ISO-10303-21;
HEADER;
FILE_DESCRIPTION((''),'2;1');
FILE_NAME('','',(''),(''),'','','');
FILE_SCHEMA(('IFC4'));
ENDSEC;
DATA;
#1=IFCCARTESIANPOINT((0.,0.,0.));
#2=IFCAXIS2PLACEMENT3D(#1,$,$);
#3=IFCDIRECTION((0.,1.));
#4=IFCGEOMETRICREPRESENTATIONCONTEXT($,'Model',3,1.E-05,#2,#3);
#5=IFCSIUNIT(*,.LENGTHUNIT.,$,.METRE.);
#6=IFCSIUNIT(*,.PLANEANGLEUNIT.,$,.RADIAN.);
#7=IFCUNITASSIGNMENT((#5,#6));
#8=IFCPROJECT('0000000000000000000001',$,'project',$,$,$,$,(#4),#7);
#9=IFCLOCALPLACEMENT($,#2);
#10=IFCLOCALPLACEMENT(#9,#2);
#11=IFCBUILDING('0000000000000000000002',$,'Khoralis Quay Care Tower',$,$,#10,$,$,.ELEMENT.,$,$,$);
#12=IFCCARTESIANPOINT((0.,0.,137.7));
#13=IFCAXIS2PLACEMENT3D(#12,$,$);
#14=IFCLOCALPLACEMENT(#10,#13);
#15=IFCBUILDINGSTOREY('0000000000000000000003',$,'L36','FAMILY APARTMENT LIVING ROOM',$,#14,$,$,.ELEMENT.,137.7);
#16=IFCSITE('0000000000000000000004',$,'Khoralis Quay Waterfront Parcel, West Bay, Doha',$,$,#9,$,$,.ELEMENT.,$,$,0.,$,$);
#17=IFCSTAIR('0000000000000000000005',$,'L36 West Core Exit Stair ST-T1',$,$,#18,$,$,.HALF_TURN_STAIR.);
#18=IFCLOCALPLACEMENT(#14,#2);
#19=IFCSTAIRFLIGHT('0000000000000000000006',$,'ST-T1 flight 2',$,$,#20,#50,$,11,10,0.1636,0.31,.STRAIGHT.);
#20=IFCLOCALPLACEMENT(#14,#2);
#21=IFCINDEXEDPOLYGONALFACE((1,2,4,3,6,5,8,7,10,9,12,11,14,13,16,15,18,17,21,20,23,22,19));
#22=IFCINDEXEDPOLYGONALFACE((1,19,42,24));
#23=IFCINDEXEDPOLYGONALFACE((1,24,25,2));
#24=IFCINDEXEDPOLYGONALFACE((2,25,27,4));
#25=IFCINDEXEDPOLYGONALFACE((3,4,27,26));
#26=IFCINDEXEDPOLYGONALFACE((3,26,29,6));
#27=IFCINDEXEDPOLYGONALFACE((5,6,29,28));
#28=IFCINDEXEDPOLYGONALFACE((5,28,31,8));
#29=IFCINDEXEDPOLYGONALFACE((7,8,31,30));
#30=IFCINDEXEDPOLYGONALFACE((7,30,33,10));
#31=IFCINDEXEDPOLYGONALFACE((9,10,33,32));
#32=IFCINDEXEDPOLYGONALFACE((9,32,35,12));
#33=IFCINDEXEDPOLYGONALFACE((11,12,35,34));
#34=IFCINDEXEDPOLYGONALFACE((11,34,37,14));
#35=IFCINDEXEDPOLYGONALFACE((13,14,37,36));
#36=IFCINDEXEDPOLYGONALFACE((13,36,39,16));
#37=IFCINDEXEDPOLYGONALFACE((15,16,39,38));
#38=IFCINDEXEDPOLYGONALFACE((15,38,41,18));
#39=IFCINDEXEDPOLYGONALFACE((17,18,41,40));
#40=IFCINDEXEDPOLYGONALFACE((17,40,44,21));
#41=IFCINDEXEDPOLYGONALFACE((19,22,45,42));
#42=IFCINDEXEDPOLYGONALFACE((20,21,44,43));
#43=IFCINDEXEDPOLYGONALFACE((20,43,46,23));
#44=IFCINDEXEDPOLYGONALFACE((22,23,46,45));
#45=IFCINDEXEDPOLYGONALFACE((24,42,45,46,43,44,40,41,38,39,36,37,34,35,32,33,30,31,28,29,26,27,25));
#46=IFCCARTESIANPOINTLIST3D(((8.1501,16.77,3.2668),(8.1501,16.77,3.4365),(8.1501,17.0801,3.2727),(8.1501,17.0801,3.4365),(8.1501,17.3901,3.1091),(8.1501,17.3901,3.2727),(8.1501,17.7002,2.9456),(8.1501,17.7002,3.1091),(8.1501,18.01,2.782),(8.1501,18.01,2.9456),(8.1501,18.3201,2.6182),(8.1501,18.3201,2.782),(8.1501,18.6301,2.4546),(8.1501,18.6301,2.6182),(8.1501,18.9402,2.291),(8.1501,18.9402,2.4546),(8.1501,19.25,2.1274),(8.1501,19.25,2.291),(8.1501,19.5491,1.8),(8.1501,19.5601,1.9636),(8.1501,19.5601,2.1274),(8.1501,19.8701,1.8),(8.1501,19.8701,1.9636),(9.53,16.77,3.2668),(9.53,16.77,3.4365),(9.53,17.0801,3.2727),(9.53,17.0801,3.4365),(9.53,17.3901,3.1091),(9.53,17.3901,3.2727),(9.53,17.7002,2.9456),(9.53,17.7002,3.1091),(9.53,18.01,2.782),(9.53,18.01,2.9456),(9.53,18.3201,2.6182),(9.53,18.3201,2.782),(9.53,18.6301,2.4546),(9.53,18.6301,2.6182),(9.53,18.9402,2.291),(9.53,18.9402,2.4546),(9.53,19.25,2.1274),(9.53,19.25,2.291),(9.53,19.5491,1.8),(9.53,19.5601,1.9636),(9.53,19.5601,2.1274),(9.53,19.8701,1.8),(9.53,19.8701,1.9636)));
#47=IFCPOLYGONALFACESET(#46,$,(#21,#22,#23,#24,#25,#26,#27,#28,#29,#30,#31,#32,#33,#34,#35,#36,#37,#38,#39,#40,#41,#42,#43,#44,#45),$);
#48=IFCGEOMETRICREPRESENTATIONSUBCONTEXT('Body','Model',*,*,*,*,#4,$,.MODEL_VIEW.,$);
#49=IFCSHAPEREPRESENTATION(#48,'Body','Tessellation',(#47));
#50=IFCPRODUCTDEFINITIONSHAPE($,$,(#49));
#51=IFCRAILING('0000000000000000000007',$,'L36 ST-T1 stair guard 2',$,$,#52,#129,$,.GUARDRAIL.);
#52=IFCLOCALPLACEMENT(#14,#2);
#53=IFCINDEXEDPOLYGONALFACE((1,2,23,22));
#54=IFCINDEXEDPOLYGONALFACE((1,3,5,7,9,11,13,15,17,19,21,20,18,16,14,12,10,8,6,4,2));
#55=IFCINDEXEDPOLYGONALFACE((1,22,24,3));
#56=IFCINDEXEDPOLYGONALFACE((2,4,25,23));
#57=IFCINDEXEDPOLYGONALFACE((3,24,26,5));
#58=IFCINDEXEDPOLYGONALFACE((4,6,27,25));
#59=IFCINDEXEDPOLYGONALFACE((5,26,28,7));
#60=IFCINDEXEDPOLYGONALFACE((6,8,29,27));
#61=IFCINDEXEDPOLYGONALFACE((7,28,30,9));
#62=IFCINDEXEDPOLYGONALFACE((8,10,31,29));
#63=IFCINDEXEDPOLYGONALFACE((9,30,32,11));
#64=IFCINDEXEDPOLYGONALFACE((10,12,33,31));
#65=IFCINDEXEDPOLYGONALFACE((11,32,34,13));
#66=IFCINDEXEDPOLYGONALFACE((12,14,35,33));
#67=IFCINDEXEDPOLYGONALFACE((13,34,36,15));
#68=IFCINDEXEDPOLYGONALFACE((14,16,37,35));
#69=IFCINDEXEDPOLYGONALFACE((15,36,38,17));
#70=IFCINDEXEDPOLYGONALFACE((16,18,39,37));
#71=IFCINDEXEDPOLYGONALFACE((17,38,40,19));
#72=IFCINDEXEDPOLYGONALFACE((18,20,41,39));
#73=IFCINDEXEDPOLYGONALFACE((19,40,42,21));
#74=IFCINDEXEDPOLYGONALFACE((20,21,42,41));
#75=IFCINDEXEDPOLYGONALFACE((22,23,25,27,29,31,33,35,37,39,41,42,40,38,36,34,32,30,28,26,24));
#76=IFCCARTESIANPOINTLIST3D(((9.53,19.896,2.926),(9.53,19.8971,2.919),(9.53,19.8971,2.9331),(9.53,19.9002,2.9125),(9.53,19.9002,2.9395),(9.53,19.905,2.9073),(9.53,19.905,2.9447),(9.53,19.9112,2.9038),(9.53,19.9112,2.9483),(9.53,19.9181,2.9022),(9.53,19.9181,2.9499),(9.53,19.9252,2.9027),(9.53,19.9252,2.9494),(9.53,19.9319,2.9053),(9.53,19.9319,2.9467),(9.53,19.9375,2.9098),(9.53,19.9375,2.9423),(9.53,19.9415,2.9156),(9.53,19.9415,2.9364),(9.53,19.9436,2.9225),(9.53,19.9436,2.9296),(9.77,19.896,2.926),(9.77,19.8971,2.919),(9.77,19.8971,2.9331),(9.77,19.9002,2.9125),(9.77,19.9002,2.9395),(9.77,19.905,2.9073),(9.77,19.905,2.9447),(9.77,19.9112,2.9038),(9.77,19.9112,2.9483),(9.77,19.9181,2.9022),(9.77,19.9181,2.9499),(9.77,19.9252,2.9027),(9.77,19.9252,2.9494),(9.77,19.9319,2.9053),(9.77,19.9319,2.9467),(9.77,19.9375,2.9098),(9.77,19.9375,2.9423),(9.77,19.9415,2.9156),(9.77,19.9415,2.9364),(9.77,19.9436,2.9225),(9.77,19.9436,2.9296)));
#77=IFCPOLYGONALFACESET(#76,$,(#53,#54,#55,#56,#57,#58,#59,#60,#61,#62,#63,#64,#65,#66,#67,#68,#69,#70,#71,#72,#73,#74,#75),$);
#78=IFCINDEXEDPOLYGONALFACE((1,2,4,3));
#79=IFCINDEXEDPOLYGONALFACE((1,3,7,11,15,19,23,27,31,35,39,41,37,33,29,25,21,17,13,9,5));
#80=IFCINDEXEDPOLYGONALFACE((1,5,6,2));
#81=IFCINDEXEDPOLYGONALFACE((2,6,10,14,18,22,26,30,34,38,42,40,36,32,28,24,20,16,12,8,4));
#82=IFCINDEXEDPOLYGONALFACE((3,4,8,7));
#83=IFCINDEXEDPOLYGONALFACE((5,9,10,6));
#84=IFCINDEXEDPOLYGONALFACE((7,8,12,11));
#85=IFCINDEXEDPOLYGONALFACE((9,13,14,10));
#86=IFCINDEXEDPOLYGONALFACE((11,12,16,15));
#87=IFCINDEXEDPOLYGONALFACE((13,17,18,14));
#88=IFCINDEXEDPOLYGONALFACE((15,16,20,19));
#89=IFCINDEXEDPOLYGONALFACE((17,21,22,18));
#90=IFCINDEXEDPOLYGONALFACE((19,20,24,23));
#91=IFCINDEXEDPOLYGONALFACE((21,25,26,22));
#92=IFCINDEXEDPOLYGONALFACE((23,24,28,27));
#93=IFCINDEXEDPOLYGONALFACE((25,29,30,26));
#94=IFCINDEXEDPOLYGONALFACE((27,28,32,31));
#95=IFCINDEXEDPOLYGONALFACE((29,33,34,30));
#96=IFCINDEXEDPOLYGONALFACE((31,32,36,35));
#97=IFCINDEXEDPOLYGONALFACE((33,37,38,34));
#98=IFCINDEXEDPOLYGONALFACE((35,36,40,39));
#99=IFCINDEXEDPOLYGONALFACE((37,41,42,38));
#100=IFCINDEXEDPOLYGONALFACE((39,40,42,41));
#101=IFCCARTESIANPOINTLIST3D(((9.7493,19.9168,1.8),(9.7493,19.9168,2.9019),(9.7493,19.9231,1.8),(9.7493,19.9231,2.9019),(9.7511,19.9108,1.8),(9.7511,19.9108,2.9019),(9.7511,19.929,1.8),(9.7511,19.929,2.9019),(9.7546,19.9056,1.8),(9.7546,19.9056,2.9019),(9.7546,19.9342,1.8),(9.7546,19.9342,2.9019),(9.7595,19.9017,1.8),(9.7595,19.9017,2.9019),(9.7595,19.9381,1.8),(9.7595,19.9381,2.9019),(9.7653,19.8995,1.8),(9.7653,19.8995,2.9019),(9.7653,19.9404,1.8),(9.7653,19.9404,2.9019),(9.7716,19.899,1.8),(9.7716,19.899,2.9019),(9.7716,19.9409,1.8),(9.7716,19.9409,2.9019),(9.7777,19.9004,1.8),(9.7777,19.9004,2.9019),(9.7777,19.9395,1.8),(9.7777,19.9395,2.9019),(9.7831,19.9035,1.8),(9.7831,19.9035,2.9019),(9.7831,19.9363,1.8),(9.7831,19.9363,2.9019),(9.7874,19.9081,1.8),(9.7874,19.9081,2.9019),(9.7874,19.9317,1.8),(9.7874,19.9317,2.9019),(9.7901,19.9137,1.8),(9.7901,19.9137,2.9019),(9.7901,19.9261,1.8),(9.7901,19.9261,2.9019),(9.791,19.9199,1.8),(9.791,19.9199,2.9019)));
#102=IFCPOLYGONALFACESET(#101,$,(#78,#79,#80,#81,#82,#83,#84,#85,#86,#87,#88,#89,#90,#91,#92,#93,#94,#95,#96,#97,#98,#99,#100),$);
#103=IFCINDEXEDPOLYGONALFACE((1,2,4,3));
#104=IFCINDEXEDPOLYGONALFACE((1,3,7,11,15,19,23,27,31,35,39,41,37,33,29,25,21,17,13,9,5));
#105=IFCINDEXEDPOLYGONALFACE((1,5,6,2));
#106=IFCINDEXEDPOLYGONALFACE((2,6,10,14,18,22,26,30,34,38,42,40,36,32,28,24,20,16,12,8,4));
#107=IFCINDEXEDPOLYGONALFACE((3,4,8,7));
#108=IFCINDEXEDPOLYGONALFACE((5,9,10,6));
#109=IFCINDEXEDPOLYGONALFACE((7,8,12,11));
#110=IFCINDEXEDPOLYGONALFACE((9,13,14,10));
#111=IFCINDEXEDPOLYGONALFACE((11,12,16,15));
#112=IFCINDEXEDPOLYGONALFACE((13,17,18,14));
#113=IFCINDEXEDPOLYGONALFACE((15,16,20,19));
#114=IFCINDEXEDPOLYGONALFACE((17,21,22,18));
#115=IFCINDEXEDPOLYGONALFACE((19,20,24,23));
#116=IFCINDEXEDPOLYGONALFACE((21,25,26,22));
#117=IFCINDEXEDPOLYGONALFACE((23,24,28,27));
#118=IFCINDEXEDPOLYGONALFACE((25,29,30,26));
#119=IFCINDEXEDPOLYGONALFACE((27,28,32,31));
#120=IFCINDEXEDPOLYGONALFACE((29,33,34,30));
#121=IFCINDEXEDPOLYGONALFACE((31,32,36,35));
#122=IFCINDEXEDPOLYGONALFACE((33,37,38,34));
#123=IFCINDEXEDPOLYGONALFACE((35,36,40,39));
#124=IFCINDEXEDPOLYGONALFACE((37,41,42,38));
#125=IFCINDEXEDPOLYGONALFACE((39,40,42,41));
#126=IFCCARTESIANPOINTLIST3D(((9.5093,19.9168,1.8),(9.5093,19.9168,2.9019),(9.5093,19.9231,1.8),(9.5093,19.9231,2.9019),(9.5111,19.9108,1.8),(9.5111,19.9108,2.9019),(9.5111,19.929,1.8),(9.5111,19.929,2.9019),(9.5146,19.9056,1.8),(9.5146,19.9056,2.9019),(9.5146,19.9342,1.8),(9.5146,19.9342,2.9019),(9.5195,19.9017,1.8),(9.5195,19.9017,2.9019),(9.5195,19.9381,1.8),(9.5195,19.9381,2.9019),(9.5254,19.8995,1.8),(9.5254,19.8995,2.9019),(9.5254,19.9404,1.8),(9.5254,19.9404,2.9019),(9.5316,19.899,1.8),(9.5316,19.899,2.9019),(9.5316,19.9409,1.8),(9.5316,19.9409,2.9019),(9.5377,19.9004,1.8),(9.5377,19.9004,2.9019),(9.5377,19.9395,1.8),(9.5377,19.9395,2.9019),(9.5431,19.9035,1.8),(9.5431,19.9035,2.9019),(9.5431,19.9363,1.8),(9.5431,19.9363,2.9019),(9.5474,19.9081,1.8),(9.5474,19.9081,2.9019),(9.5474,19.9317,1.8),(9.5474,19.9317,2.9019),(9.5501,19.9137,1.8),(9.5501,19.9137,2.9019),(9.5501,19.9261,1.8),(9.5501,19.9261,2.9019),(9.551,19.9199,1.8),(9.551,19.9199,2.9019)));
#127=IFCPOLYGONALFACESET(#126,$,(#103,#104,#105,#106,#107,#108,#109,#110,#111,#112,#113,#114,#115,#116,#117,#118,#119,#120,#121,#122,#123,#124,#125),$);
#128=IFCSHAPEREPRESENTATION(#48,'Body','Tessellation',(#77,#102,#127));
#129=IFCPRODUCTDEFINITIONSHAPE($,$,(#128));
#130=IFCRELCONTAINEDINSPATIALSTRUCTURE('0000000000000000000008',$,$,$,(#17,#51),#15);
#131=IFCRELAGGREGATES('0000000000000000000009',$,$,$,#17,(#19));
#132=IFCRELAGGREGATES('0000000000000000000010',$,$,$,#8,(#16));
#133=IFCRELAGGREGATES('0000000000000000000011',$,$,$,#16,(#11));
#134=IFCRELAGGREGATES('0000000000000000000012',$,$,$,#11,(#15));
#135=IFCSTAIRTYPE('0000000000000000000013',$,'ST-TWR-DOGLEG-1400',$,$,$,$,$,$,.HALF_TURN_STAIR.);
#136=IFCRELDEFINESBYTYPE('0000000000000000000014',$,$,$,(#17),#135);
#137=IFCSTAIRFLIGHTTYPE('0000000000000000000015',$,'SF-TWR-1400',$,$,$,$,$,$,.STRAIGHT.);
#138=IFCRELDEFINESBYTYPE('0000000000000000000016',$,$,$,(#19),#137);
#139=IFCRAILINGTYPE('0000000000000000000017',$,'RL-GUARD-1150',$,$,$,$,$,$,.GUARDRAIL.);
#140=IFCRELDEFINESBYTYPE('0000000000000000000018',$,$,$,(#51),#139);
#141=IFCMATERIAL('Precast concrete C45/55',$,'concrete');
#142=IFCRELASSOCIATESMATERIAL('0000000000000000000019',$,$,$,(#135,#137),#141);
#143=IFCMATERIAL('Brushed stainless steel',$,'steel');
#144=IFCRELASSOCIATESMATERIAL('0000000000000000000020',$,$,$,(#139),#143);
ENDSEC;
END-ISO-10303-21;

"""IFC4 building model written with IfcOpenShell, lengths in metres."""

from ifc_helpers import new_model, si_unit, direction, frame, origin, origin_2d, place, context, subcontext, project, spatial, polyline, circle, outline, extrude, source, transform, mapped, material, type_object, element, aggregate, save


model = new_model("IFC4")

# Units and contexts
model_context = context("Model", 3, precision=1e-05, world=origin(), true_north=direction((0.0, 1.0)))
body_context = subcontext(model_context, "Body", "Model", "MODEL_VIEW")
ifc_project = project(units=[si_unit("LENGTHUNIT", "METRE"), si_unit("PLANEANGLEUNIT", "RADIAN")], contexts=[model_context])

# Site, building, storey
site_placement = place(None, origin())
site = spatial("IfcSite", under=ifc_project, at=site_placement, Name="Khoralis Quay Waterfront Parcel, West Bay, Doha", CompositionType="ELEMENT", RefElevation=0.0)
building_placement = place(site_placement, origin())
building = spatial("IfcBuilding", under=site, at=building_placement, Name="Khoralis Quay Care Tower", CompositionType="ELEMENT")
storey_placement = place(building_placement, frame((0.0, 0.0, 137.7)))
storey = spatial("IfcBuildingStorey", under=building, at=storey_placement, Name="L36", Description="FAMILY APARTMENT LIVING ROOM", CompositionType="ELEMENT", Elevation=137.7)

# Stair, stair flight
ifc_material_1 = material(Name="Precast concrete C45/55", Category="concrete")
stair_type = type_object("IfcStairType", Name="ST-TWR-DOGLEG-1400", PredefinedType="HALF_TURN_STAIR", material=ifc_material_1)
stair_placement = place(storey_placement, origin())
stair = element("IfcStair", 1, at=stair_placement, inside=storey, type_object=stair_type, Name="L36 West Core Exit Stair ST-T1", PredefinedType="HALF_TURN_STAIR")
stair_flight_type = type_object("IfcStairFlightType", Name="SF-TWR-1400", PredefinedType="STRAIGHT", material=ifc_material_1)
shared_shape_1 = source(origin(), body_context, "Body", "SweptSolid", [
    extrude(outline(polyline([(0.0, 0.0), (0.0, 0.1636), (0.3101, 0.1636), (0.3101, 0.3274), (0.6201, 0.3274), (0.6201, 0.491), (0.9299, 0.491), (0.9299, 0.6545), (1.24, 0.6545), (1.24, 0.8181), (1.55, 0.8181), (1.55, 0.9819), (1.8601, 0.9819), (1.8601, 1.1455), (2.1699, 1.1455), (2.1699, 1.3091), (2.48, 1.3091), (2.48, 1.4727), (2.79, 1.4727), (2.79, 1.6365), (3.1001, 1.6365), (3.1001, 1.8), (3.1001, 1.4668), (0.321, 0.0), (0.0, 0.0)])), frame((0.0, 0.6899, 0.0), z_axis=(0.0, -1.0, 0.0), x_axis=(1.0, 0.0, 0.0)), (0.0, 0.0, 1.0), 1.3799),
])
stair_flight_placement = place(storey_placement, frame((8.8401, 19.8701, 1.8), z_axis=(0.0, 0.0, 1.0), x_axis=(0.0, -1.0, 0.0)))
stair_flight = element("IfcStairFlight", 2, at=stair_flight_placement, type_object=stair_flight_type, Name="ST-T1 flight 2", NumberOfRisers=11, NumberOfTreads=10, PredefinedType="STRAIGHT", RiserHeight=0.1636, TreadLength=0.31, context=body_context, shape_type="MappedRepresentation", body=[
    mapped(shared_shape_1, transform((0.0, 0.0, 0.0), scale=1.0)),
])
aggregate(stair, [stair_flight])

# Railing
ifc_material_2 = material(Name="Brushed stainless steel", Category="steel")
railing_type_1 = type_object("IfcRailingType", Name="RL-GUARD-1150", PredefinedType="GUARDRAIL", material=ifc_material_2)
railing_1_placement = place(storey_placement, frame((9.77, 19.9199, 1.8)))
element("IfcRailing", 3, at=railing_1_placement, inside=storey, type_object=railing_type_1, Name="L36 ST-T1 stair guard 2", PredefinedType="GUARDRAIL", context=body_context, shape_type="SweptSolid", body=[
    extrude(circle(Radius=0.0239, at=origin_2d()), frame((0.0, 0.0, 1.126), z_axis=(-1.0, 0.0, 0.0), x_axis=(0.0, -1.0, 0.0)), (0.0, 0.0, 1.0), 0.24),
    extrude(circle(Radius=0.021, at=origin_2d()), origin(), (0.0, 0.0, 1.0), 1.1018),
    extrude(circle(Radius=0.021, at=origin_2d()), frame((-0.24, 0.0, 0.0)), (0.0, 0.0, 1.0), 1.1018),
])

save(model, "model.ifc")
